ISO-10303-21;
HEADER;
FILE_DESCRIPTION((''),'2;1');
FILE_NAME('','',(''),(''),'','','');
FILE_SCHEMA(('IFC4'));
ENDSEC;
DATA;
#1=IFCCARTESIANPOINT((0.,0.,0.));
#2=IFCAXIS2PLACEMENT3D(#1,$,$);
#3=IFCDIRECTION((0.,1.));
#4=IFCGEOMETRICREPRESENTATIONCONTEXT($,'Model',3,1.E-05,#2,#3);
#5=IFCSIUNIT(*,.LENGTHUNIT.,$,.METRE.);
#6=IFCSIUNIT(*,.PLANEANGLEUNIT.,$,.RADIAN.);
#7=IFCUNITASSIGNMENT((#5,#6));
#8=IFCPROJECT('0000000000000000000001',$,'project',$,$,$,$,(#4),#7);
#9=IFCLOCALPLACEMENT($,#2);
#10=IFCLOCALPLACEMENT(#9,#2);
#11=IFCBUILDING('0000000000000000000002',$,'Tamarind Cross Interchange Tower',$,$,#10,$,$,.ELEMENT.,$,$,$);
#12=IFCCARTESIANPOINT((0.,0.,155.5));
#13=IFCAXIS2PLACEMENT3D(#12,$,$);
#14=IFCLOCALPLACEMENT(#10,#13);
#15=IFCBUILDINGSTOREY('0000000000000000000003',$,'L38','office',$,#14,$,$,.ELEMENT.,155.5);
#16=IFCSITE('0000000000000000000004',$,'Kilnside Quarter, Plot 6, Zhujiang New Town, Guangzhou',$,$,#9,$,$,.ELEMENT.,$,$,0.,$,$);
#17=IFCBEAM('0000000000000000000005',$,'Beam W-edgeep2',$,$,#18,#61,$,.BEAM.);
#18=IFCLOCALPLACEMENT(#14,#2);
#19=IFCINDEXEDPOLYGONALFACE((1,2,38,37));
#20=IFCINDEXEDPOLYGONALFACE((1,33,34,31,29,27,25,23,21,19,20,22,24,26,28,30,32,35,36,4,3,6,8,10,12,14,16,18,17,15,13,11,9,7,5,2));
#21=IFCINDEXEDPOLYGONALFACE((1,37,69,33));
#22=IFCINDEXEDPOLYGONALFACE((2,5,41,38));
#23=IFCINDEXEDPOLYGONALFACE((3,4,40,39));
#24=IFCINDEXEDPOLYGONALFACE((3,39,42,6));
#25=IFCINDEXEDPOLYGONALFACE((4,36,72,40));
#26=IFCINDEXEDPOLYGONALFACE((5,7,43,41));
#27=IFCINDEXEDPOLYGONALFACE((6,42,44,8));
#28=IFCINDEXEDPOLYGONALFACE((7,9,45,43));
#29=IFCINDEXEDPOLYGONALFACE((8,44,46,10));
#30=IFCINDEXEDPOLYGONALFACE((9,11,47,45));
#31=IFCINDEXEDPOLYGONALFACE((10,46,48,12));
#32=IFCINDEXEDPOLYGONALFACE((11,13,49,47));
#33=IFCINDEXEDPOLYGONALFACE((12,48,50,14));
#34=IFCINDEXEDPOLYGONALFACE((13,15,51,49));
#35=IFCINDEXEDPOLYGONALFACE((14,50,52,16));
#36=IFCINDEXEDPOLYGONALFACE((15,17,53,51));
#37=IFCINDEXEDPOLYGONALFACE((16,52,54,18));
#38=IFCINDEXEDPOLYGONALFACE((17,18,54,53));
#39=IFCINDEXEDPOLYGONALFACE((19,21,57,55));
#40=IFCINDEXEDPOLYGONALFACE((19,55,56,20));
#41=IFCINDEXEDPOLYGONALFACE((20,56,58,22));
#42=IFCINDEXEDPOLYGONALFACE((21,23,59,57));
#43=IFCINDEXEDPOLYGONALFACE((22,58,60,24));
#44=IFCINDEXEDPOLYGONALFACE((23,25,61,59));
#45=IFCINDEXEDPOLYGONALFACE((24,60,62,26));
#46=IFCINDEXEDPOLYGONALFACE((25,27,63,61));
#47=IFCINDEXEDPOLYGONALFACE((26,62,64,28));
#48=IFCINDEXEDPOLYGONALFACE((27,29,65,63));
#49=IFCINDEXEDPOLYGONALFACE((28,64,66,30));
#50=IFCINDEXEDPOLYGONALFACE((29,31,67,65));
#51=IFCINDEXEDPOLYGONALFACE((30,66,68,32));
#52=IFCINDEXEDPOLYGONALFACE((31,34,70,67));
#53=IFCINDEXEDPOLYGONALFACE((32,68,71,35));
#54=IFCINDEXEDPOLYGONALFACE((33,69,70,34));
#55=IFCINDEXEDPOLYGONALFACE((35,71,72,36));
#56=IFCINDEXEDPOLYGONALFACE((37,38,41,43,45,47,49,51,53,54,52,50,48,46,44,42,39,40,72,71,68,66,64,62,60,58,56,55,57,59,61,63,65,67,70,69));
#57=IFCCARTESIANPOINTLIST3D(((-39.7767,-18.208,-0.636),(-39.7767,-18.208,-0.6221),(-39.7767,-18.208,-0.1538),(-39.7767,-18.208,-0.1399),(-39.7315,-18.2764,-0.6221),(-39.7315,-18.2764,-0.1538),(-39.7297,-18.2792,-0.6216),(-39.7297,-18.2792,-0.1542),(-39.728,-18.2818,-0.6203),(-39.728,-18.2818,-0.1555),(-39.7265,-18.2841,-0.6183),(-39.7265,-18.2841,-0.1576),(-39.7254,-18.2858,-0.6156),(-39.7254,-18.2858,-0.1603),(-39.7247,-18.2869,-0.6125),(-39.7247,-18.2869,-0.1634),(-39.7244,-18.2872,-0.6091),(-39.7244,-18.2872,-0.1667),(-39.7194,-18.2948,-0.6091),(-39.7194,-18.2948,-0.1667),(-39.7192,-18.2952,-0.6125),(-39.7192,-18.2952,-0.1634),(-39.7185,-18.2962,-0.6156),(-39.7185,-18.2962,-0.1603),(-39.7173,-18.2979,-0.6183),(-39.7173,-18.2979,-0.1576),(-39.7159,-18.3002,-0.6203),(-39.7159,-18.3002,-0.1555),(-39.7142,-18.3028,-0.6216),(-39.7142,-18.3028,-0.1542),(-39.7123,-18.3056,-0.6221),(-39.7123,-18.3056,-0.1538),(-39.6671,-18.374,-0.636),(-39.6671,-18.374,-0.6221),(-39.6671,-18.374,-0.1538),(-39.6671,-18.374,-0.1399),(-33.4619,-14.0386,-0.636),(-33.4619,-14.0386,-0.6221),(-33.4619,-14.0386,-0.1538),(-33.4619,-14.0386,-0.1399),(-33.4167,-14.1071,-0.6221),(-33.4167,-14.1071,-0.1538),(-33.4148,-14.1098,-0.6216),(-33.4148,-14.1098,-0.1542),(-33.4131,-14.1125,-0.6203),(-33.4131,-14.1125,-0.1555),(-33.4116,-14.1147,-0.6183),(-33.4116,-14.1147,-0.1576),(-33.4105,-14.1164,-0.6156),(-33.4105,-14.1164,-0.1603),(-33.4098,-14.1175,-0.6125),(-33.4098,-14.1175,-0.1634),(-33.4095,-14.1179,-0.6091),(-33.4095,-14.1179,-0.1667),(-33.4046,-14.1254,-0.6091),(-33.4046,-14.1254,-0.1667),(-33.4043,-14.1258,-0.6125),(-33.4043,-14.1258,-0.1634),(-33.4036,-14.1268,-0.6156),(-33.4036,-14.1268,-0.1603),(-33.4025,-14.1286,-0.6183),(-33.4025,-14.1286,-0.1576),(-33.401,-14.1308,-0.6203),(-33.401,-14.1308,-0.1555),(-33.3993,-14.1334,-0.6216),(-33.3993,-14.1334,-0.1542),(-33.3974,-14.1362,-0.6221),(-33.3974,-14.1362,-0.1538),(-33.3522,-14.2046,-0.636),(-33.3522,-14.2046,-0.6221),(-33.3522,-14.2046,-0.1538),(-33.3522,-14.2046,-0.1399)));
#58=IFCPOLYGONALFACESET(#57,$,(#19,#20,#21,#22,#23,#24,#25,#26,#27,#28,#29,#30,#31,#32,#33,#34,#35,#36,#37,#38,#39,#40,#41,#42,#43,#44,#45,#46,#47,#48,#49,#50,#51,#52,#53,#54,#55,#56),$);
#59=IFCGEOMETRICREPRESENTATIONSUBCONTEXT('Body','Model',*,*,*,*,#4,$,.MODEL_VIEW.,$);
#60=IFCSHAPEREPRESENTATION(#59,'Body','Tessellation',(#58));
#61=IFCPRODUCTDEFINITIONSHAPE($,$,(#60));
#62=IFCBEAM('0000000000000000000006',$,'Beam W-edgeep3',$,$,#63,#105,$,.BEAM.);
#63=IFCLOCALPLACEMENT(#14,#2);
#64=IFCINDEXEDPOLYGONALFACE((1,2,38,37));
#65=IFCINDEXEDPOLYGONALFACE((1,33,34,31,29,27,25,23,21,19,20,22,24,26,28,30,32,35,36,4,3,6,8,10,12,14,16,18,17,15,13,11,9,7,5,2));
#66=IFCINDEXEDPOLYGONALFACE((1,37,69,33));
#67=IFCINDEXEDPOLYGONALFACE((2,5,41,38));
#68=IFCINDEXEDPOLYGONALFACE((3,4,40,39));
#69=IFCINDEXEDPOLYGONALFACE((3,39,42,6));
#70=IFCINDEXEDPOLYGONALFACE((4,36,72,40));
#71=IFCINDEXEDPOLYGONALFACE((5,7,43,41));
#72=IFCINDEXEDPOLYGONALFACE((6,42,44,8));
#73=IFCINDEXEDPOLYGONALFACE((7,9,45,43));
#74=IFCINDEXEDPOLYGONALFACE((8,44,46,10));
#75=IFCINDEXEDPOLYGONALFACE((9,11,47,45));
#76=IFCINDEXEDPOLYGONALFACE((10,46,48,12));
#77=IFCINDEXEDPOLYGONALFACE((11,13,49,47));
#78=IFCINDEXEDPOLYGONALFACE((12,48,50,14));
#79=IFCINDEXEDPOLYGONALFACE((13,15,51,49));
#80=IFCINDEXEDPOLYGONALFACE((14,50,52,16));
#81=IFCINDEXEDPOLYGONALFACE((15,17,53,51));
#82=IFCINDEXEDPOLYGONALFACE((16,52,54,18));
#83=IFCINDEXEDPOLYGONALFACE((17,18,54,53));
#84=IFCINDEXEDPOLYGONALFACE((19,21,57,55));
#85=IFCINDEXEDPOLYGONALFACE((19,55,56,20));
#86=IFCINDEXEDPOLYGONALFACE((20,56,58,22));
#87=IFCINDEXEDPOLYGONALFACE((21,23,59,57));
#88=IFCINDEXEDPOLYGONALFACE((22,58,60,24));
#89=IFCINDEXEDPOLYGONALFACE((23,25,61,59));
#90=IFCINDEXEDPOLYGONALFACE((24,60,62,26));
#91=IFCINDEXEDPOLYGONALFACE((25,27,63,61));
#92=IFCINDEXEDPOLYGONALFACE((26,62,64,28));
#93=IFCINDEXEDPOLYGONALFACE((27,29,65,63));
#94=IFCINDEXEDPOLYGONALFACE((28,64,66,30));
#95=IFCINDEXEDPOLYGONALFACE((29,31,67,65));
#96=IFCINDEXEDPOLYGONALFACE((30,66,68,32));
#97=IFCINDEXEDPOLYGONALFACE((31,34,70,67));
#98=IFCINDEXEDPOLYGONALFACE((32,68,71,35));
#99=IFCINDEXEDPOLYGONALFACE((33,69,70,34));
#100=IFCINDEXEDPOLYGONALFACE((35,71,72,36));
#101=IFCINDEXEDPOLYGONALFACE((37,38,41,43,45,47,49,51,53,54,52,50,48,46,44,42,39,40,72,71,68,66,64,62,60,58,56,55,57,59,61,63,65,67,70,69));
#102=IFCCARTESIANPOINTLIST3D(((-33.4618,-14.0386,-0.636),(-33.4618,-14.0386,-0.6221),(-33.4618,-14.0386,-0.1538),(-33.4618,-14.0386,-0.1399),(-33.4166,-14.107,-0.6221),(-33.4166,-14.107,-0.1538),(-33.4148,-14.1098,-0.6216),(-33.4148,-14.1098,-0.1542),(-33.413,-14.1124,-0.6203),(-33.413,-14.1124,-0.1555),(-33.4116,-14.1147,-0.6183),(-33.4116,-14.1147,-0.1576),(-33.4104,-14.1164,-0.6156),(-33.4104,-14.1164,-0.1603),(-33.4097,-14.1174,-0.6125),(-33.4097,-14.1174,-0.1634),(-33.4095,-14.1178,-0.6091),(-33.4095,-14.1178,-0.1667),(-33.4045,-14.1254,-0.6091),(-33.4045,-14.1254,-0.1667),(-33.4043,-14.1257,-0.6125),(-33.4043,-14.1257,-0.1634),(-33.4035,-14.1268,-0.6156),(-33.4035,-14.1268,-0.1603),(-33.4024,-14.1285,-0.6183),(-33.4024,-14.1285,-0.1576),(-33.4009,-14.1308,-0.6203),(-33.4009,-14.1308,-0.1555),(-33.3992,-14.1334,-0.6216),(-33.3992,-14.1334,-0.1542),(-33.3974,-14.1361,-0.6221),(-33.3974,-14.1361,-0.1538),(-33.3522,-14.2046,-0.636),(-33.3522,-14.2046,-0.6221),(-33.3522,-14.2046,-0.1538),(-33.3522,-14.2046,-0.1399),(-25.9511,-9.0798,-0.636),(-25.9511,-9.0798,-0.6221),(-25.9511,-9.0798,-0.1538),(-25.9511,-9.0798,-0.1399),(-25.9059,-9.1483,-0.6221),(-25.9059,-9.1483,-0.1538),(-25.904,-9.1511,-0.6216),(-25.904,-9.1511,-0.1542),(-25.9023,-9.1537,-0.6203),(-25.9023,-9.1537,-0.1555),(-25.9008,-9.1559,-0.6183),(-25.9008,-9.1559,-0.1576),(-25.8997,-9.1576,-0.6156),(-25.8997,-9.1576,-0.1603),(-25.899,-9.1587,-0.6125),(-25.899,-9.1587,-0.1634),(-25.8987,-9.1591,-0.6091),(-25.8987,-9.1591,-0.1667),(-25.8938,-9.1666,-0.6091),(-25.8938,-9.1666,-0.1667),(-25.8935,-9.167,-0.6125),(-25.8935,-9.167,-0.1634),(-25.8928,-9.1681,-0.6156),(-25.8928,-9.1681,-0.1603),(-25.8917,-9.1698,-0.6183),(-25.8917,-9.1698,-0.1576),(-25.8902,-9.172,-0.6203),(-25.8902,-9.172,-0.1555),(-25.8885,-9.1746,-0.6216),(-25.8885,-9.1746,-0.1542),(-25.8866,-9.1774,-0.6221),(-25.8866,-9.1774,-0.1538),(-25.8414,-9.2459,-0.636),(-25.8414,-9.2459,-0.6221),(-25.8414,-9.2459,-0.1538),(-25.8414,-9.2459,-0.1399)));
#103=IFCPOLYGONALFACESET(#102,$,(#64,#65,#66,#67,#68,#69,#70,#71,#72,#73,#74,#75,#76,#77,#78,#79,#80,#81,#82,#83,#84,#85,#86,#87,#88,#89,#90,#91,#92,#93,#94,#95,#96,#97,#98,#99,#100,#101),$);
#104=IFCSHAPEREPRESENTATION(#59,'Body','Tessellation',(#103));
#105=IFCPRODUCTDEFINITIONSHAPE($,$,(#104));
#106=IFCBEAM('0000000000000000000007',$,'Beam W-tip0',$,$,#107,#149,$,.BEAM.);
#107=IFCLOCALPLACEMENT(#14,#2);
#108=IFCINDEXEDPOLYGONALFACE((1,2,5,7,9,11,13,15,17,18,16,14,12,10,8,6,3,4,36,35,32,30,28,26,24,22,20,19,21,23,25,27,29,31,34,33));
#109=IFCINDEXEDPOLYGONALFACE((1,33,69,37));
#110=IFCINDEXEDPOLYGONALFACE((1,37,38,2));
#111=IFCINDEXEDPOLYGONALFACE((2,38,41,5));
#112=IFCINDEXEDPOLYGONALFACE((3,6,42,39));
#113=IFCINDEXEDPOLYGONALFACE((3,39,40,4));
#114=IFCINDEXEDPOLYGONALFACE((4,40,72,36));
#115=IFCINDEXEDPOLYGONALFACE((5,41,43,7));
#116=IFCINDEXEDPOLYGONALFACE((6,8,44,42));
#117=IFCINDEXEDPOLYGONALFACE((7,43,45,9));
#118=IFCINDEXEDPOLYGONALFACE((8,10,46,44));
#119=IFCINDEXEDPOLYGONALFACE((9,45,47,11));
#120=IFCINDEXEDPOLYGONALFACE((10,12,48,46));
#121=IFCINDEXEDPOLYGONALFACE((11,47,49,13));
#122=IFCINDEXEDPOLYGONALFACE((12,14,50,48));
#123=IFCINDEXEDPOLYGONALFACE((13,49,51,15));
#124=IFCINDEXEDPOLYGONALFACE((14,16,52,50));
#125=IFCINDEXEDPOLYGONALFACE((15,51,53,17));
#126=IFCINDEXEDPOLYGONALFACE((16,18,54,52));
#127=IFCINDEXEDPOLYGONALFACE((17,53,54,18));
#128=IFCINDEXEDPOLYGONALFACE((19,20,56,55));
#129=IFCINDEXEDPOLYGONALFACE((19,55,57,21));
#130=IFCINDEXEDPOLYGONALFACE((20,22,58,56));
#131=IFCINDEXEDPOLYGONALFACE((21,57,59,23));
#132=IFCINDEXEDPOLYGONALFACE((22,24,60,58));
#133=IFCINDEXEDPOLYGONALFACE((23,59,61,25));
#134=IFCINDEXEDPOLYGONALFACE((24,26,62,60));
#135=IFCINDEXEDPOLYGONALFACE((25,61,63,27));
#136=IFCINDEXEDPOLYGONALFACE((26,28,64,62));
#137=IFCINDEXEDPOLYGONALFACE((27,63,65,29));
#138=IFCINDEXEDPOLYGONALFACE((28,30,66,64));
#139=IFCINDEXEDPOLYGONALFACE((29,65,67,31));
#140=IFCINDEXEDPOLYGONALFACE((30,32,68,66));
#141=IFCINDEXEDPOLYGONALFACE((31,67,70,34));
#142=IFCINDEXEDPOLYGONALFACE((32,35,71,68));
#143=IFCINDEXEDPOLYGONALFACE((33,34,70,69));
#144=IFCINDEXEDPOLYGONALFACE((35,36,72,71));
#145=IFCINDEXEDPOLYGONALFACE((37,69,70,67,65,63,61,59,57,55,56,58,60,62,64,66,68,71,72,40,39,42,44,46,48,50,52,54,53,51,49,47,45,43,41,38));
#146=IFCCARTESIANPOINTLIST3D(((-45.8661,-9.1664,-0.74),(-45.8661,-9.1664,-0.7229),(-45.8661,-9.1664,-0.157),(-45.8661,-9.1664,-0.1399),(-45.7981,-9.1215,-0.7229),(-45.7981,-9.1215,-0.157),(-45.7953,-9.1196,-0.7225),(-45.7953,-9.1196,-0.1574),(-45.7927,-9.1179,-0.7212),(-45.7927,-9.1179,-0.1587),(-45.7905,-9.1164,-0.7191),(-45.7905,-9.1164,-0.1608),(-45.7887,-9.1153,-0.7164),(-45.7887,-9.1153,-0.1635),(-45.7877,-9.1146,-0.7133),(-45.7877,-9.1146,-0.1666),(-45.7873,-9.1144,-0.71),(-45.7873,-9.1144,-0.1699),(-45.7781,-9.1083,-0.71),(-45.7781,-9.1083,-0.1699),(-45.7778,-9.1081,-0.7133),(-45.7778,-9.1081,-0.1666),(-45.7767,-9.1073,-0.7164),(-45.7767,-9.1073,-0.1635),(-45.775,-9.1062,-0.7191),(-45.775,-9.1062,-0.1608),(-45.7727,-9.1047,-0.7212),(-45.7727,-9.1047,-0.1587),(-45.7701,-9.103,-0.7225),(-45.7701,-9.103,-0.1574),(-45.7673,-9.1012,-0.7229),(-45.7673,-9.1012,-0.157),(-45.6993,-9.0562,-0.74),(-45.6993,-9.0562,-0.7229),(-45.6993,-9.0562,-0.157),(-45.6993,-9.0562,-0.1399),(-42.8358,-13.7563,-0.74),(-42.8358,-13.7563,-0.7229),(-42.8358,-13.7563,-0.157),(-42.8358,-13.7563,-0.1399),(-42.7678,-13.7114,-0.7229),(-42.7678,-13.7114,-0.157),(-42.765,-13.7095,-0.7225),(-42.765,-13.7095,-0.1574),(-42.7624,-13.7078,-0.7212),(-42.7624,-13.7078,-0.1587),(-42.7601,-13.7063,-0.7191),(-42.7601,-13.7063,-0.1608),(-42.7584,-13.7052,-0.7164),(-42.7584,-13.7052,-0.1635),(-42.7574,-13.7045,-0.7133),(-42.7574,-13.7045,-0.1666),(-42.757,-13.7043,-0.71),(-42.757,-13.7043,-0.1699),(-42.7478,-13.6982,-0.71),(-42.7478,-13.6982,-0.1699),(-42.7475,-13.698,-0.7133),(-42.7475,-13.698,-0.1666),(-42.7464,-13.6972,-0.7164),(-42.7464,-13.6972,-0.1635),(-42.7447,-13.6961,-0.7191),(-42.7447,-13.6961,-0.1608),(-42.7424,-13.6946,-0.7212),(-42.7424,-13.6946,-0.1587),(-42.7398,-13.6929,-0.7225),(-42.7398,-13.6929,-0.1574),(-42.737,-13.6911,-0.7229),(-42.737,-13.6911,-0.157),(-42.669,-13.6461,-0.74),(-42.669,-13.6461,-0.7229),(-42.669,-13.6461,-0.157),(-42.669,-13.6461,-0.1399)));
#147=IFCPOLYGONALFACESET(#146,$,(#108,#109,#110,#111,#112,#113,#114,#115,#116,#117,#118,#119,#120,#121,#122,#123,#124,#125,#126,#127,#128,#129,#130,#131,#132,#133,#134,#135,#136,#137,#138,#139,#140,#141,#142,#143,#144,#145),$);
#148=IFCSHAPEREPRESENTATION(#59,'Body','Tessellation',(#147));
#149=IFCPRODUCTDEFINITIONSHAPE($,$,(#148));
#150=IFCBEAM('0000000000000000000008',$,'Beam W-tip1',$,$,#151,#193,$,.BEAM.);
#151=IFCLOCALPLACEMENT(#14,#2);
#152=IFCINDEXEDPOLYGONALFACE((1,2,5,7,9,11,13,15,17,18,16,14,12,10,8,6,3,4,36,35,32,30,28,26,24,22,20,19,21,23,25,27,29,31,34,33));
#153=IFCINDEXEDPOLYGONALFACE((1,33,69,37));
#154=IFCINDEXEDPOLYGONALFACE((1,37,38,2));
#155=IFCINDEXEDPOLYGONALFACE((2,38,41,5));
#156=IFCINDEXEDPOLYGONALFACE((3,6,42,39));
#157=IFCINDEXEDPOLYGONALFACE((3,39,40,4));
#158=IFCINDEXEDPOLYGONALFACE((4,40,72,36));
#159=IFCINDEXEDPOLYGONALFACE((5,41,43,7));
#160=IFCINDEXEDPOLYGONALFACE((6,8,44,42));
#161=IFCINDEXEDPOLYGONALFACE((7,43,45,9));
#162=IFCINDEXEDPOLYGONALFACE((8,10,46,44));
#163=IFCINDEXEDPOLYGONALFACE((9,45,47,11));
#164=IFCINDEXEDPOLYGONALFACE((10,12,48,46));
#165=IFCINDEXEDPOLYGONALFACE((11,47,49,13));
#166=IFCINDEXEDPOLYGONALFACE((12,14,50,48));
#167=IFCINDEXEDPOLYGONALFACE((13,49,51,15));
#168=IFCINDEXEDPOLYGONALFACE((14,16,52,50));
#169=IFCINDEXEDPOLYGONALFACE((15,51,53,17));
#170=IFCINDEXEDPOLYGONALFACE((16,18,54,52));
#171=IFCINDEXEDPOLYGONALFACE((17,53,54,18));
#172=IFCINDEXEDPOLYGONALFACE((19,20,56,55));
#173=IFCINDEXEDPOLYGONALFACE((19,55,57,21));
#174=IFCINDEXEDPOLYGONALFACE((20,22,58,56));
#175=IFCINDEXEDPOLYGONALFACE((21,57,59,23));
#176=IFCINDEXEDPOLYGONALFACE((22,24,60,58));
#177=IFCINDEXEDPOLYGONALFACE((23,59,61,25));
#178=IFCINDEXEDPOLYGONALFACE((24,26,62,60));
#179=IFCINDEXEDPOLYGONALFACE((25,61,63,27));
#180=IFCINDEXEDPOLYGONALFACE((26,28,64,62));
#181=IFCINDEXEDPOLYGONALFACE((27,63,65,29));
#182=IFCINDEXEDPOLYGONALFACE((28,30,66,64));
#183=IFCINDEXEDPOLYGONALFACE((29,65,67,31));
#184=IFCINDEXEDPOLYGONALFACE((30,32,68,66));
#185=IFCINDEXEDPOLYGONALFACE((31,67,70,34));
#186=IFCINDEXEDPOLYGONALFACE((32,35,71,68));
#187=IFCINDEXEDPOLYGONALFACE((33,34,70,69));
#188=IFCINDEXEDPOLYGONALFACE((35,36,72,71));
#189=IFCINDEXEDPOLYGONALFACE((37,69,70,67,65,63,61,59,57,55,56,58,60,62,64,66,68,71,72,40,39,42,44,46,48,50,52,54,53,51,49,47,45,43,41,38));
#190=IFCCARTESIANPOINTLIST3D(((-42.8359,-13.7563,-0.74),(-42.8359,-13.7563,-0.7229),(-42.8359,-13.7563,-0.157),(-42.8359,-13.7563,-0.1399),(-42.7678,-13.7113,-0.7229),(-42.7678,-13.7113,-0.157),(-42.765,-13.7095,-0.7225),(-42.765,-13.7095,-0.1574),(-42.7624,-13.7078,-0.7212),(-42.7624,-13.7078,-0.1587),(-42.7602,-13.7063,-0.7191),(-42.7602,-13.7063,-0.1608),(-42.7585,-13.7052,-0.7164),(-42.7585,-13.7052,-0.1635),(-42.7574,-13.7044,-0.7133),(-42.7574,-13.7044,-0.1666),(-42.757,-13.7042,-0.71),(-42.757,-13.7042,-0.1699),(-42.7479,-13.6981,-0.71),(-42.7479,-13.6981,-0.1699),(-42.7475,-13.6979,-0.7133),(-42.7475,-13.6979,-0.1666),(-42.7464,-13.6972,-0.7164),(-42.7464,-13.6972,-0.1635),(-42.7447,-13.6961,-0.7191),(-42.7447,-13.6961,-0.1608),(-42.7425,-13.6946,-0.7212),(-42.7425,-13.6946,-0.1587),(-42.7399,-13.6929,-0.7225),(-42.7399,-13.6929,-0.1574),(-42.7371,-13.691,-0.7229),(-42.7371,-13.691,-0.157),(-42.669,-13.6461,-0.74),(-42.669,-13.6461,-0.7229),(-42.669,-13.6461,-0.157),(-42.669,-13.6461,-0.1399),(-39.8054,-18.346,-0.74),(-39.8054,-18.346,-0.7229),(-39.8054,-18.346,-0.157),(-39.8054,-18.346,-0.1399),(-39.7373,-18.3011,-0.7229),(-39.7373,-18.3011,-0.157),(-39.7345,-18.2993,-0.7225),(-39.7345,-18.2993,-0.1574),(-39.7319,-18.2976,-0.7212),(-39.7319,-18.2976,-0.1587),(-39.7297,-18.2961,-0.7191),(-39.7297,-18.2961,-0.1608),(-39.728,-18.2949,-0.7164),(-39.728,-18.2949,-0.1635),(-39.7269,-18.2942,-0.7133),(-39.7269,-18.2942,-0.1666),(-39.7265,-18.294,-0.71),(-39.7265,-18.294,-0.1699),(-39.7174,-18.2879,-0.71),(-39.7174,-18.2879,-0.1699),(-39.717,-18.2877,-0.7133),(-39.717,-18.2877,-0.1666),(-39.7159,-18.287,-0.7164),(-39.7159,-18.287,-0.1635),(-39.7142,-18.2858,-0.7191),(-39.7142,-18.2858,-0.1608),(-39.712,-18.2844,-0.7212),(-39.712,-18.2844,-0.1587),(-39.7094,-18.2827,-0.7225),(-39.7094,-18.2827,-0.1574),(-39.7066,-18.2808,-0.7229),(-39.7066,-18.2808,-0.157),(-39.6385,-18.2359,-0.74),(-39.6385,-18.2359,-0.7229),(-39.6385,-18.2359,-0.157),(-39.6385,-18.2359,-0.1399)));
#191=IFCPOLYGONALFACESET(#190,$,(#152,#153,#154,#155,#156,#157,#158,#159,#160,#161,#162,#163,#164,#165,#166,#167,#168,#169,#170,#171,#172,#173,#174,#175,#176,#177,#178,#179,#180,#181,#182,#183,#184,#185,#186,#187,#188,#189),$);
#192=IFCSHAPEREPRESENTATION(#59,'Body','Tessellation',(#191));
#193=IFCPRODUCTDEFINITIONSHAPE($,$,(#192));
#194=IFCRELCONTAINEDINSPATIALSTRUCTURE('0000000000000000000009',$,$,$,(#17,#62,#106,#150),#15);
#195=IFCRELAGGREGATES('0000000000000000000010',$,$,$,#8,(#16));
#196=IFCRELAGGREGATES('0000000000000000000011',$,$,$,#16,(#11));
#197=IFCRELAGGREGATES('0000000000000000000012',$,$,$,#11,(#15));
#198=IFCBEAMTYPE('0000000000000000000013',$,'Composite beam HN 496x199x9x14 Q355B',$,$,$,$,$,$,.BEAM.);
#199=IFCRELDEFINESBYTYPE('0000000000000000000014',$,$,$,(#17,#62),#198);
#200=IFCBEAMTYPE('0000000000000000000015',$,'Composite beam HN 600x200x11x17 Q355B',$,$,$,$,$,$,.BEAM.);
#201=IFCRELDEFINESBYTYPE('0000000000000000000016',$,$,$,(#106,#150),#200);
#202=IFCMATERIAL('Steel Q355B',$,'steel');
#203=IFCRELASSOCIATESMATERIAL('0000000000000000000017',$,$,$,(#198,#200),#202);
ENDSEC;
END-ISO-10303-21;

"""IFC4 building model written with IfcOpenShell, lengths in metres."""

from ifc_helpers import new_model, si_unit, direction, frame, origin, origin_2d, place, context, subcontext, project, spatial, i_section, extrude, material, material_profile, profile_set, type_object, element, save


model = new_model("IFC4")

# Units and contexts
model_context = context("Model", 3, precision=1e-05, world=origin(), true_north=direction((0.0, 1.0)))
body_context = subcontext(model_context, "Body", "Model", "MODEL_VIEW")
ifc_project = project(units=[si_unit("LENGTHUNIT", "METRE"), si_unit("PLANEANGLEUNIT", "RADIAN")], contexts=[model_context])

# Site, building, storey
site_placement = place(None, origin())
site = spatial("IfcSite", under=ifc_project, at=site_placement, Name="Kilnside Quarter, Plot 6, Zhujiang New Town, Guangzhou", CompositionType="ELEMENT", RefElevation=0.0)
building_placement = place(site_placement, origin())
building = spatial("IfcBuilding", under=site, at=building_placement, Name="Tamarind Cross Interchange Tower", CompositionType="ELEMENT")
storey_placement = place(building_placement, frame((0.0, 0.0, 155.5)))
storey = spatial("IfcBuildingStorey", under=building, at=storey_placement, Name="L38", Description="office", CompositionType="ELEMENT", Elevation=155.5)

# Beams
ifc_material_1 = material(Name="Steel Q355B", Category="steel")
ifc_material_profile_1 = material_profile(ifc_material_1, i_section(OverallWidth=0.199, OverallDepth=0.4961, WebThickness=0.009, FlangeThickness=0.0139, FilletRadius=0.0129, at=origin_2d()), Name="HN 496x199x9x14")
ifc_profile_set_1 = profile_set([ifc_material_profile_1], Name="Steel Q355B")
beam_type_1 = type_object("IfcBeamType", Name="Composite beam HN 496x199x9x14 Q355B", PredefinedType="BEAM", material=ifc_profile_set_1)
beam_1_placement = place(storey_placement, frame((-39.7219, -18.291, -0.3879), z_axis=(0.834514, 0.550987, 0.0), x_axis=(-0.550987, 0.834514, 0.0)))
element("IfcBeam", 1, at=beam_1_placement, inside=storey, type_object=beam_type_1, Name="Beam W-edgeep2", PredefinedType="BEAM", context=body_context, shape_type="SweptSolid", body=[
    extrude(i_section(OverallWidth=0.199, OverallDepth=0.4961, WebThickness=0.009, FlangeThickness=0.0139, FilletRadius=0.0129, at=origin_2d()), origin(), (0.0, 0.0, 1.0), 7.5671),
])
beam_2_placement = place(storey_placement, frame((-33.407, -14.1216, -0.3879), z_axis=(0.834525, 0.55097, 0.0), x_axis=(-0.55097, 0.834525, 0.0)))
element("IfcBeam", 2, at=beam_2_placement, inside=storey, type_object=beam_type_1, Name="Beam W-edgeep3", PredefinedType="BEAM", context=body_context, shape_type="SweptSolid", body=[
    extrude(i_section(OverallWidth=0.199, OverallDepth=0.4961, WebThickness=0.009, FlangeThickness=0.0139, FilletRadius=0.0129, at=origin_2d()), origin(), (0.0, 0.0, 1.0), 9.0),
])
ifc_material_profile_2 = material_profile(ifc_material_1, i_section(OverallWidth=0.2, OverallDepth=0.6001, WebThickness=0.011, FlangeThickness=0.0171, FilletRadius=0.0129, at=origin_2d()), Name="HN 600x200x11x17")
ifc_profile_set_2 = profile_set([ifc_material_profile_2], Name="Steel Q355B")
beam_type_2 = type_object("IfcBeamType", Name="Composite beam HN 600x200x11x17 Q355B", PredefinedType="BEAM", material=ifc_profile_set_2)
for number, where, z_axis, x_axis, name in (
    (3, (-45.7827, -9.1113, -0.4399), (0.550966, -0.834528, 0.0), (0.834528, 0.550966, 0.0), "Beam W-tip0"),
    (4, (-42.7524, -13.7012, -0.4399), (0.550997, -0.834507, 0.0), (0.834507, 0.550997, 0.0), "Beam W-tip1"),
):
    element("IfcBeam", number, at=place(storey_placement, frame(where, z_axis=z_axis, x_axis=x_axis)), inside=storey, type_object=beam_type_2, Name=name, PredefinedType="BEAM", context=body_context, shape_type="SweptSolid", body=[
        extrude(i_section(OverallWidth=0.2, OverallDepth=0.6001, WebThickness=0.011, FlangeThickness=0.0171, FilletRadius=0.0129, at=origin_2d()), origin(), (0.0, 0.0, 1.0), 5.5),
    ])

save(model, "model.ifc")
